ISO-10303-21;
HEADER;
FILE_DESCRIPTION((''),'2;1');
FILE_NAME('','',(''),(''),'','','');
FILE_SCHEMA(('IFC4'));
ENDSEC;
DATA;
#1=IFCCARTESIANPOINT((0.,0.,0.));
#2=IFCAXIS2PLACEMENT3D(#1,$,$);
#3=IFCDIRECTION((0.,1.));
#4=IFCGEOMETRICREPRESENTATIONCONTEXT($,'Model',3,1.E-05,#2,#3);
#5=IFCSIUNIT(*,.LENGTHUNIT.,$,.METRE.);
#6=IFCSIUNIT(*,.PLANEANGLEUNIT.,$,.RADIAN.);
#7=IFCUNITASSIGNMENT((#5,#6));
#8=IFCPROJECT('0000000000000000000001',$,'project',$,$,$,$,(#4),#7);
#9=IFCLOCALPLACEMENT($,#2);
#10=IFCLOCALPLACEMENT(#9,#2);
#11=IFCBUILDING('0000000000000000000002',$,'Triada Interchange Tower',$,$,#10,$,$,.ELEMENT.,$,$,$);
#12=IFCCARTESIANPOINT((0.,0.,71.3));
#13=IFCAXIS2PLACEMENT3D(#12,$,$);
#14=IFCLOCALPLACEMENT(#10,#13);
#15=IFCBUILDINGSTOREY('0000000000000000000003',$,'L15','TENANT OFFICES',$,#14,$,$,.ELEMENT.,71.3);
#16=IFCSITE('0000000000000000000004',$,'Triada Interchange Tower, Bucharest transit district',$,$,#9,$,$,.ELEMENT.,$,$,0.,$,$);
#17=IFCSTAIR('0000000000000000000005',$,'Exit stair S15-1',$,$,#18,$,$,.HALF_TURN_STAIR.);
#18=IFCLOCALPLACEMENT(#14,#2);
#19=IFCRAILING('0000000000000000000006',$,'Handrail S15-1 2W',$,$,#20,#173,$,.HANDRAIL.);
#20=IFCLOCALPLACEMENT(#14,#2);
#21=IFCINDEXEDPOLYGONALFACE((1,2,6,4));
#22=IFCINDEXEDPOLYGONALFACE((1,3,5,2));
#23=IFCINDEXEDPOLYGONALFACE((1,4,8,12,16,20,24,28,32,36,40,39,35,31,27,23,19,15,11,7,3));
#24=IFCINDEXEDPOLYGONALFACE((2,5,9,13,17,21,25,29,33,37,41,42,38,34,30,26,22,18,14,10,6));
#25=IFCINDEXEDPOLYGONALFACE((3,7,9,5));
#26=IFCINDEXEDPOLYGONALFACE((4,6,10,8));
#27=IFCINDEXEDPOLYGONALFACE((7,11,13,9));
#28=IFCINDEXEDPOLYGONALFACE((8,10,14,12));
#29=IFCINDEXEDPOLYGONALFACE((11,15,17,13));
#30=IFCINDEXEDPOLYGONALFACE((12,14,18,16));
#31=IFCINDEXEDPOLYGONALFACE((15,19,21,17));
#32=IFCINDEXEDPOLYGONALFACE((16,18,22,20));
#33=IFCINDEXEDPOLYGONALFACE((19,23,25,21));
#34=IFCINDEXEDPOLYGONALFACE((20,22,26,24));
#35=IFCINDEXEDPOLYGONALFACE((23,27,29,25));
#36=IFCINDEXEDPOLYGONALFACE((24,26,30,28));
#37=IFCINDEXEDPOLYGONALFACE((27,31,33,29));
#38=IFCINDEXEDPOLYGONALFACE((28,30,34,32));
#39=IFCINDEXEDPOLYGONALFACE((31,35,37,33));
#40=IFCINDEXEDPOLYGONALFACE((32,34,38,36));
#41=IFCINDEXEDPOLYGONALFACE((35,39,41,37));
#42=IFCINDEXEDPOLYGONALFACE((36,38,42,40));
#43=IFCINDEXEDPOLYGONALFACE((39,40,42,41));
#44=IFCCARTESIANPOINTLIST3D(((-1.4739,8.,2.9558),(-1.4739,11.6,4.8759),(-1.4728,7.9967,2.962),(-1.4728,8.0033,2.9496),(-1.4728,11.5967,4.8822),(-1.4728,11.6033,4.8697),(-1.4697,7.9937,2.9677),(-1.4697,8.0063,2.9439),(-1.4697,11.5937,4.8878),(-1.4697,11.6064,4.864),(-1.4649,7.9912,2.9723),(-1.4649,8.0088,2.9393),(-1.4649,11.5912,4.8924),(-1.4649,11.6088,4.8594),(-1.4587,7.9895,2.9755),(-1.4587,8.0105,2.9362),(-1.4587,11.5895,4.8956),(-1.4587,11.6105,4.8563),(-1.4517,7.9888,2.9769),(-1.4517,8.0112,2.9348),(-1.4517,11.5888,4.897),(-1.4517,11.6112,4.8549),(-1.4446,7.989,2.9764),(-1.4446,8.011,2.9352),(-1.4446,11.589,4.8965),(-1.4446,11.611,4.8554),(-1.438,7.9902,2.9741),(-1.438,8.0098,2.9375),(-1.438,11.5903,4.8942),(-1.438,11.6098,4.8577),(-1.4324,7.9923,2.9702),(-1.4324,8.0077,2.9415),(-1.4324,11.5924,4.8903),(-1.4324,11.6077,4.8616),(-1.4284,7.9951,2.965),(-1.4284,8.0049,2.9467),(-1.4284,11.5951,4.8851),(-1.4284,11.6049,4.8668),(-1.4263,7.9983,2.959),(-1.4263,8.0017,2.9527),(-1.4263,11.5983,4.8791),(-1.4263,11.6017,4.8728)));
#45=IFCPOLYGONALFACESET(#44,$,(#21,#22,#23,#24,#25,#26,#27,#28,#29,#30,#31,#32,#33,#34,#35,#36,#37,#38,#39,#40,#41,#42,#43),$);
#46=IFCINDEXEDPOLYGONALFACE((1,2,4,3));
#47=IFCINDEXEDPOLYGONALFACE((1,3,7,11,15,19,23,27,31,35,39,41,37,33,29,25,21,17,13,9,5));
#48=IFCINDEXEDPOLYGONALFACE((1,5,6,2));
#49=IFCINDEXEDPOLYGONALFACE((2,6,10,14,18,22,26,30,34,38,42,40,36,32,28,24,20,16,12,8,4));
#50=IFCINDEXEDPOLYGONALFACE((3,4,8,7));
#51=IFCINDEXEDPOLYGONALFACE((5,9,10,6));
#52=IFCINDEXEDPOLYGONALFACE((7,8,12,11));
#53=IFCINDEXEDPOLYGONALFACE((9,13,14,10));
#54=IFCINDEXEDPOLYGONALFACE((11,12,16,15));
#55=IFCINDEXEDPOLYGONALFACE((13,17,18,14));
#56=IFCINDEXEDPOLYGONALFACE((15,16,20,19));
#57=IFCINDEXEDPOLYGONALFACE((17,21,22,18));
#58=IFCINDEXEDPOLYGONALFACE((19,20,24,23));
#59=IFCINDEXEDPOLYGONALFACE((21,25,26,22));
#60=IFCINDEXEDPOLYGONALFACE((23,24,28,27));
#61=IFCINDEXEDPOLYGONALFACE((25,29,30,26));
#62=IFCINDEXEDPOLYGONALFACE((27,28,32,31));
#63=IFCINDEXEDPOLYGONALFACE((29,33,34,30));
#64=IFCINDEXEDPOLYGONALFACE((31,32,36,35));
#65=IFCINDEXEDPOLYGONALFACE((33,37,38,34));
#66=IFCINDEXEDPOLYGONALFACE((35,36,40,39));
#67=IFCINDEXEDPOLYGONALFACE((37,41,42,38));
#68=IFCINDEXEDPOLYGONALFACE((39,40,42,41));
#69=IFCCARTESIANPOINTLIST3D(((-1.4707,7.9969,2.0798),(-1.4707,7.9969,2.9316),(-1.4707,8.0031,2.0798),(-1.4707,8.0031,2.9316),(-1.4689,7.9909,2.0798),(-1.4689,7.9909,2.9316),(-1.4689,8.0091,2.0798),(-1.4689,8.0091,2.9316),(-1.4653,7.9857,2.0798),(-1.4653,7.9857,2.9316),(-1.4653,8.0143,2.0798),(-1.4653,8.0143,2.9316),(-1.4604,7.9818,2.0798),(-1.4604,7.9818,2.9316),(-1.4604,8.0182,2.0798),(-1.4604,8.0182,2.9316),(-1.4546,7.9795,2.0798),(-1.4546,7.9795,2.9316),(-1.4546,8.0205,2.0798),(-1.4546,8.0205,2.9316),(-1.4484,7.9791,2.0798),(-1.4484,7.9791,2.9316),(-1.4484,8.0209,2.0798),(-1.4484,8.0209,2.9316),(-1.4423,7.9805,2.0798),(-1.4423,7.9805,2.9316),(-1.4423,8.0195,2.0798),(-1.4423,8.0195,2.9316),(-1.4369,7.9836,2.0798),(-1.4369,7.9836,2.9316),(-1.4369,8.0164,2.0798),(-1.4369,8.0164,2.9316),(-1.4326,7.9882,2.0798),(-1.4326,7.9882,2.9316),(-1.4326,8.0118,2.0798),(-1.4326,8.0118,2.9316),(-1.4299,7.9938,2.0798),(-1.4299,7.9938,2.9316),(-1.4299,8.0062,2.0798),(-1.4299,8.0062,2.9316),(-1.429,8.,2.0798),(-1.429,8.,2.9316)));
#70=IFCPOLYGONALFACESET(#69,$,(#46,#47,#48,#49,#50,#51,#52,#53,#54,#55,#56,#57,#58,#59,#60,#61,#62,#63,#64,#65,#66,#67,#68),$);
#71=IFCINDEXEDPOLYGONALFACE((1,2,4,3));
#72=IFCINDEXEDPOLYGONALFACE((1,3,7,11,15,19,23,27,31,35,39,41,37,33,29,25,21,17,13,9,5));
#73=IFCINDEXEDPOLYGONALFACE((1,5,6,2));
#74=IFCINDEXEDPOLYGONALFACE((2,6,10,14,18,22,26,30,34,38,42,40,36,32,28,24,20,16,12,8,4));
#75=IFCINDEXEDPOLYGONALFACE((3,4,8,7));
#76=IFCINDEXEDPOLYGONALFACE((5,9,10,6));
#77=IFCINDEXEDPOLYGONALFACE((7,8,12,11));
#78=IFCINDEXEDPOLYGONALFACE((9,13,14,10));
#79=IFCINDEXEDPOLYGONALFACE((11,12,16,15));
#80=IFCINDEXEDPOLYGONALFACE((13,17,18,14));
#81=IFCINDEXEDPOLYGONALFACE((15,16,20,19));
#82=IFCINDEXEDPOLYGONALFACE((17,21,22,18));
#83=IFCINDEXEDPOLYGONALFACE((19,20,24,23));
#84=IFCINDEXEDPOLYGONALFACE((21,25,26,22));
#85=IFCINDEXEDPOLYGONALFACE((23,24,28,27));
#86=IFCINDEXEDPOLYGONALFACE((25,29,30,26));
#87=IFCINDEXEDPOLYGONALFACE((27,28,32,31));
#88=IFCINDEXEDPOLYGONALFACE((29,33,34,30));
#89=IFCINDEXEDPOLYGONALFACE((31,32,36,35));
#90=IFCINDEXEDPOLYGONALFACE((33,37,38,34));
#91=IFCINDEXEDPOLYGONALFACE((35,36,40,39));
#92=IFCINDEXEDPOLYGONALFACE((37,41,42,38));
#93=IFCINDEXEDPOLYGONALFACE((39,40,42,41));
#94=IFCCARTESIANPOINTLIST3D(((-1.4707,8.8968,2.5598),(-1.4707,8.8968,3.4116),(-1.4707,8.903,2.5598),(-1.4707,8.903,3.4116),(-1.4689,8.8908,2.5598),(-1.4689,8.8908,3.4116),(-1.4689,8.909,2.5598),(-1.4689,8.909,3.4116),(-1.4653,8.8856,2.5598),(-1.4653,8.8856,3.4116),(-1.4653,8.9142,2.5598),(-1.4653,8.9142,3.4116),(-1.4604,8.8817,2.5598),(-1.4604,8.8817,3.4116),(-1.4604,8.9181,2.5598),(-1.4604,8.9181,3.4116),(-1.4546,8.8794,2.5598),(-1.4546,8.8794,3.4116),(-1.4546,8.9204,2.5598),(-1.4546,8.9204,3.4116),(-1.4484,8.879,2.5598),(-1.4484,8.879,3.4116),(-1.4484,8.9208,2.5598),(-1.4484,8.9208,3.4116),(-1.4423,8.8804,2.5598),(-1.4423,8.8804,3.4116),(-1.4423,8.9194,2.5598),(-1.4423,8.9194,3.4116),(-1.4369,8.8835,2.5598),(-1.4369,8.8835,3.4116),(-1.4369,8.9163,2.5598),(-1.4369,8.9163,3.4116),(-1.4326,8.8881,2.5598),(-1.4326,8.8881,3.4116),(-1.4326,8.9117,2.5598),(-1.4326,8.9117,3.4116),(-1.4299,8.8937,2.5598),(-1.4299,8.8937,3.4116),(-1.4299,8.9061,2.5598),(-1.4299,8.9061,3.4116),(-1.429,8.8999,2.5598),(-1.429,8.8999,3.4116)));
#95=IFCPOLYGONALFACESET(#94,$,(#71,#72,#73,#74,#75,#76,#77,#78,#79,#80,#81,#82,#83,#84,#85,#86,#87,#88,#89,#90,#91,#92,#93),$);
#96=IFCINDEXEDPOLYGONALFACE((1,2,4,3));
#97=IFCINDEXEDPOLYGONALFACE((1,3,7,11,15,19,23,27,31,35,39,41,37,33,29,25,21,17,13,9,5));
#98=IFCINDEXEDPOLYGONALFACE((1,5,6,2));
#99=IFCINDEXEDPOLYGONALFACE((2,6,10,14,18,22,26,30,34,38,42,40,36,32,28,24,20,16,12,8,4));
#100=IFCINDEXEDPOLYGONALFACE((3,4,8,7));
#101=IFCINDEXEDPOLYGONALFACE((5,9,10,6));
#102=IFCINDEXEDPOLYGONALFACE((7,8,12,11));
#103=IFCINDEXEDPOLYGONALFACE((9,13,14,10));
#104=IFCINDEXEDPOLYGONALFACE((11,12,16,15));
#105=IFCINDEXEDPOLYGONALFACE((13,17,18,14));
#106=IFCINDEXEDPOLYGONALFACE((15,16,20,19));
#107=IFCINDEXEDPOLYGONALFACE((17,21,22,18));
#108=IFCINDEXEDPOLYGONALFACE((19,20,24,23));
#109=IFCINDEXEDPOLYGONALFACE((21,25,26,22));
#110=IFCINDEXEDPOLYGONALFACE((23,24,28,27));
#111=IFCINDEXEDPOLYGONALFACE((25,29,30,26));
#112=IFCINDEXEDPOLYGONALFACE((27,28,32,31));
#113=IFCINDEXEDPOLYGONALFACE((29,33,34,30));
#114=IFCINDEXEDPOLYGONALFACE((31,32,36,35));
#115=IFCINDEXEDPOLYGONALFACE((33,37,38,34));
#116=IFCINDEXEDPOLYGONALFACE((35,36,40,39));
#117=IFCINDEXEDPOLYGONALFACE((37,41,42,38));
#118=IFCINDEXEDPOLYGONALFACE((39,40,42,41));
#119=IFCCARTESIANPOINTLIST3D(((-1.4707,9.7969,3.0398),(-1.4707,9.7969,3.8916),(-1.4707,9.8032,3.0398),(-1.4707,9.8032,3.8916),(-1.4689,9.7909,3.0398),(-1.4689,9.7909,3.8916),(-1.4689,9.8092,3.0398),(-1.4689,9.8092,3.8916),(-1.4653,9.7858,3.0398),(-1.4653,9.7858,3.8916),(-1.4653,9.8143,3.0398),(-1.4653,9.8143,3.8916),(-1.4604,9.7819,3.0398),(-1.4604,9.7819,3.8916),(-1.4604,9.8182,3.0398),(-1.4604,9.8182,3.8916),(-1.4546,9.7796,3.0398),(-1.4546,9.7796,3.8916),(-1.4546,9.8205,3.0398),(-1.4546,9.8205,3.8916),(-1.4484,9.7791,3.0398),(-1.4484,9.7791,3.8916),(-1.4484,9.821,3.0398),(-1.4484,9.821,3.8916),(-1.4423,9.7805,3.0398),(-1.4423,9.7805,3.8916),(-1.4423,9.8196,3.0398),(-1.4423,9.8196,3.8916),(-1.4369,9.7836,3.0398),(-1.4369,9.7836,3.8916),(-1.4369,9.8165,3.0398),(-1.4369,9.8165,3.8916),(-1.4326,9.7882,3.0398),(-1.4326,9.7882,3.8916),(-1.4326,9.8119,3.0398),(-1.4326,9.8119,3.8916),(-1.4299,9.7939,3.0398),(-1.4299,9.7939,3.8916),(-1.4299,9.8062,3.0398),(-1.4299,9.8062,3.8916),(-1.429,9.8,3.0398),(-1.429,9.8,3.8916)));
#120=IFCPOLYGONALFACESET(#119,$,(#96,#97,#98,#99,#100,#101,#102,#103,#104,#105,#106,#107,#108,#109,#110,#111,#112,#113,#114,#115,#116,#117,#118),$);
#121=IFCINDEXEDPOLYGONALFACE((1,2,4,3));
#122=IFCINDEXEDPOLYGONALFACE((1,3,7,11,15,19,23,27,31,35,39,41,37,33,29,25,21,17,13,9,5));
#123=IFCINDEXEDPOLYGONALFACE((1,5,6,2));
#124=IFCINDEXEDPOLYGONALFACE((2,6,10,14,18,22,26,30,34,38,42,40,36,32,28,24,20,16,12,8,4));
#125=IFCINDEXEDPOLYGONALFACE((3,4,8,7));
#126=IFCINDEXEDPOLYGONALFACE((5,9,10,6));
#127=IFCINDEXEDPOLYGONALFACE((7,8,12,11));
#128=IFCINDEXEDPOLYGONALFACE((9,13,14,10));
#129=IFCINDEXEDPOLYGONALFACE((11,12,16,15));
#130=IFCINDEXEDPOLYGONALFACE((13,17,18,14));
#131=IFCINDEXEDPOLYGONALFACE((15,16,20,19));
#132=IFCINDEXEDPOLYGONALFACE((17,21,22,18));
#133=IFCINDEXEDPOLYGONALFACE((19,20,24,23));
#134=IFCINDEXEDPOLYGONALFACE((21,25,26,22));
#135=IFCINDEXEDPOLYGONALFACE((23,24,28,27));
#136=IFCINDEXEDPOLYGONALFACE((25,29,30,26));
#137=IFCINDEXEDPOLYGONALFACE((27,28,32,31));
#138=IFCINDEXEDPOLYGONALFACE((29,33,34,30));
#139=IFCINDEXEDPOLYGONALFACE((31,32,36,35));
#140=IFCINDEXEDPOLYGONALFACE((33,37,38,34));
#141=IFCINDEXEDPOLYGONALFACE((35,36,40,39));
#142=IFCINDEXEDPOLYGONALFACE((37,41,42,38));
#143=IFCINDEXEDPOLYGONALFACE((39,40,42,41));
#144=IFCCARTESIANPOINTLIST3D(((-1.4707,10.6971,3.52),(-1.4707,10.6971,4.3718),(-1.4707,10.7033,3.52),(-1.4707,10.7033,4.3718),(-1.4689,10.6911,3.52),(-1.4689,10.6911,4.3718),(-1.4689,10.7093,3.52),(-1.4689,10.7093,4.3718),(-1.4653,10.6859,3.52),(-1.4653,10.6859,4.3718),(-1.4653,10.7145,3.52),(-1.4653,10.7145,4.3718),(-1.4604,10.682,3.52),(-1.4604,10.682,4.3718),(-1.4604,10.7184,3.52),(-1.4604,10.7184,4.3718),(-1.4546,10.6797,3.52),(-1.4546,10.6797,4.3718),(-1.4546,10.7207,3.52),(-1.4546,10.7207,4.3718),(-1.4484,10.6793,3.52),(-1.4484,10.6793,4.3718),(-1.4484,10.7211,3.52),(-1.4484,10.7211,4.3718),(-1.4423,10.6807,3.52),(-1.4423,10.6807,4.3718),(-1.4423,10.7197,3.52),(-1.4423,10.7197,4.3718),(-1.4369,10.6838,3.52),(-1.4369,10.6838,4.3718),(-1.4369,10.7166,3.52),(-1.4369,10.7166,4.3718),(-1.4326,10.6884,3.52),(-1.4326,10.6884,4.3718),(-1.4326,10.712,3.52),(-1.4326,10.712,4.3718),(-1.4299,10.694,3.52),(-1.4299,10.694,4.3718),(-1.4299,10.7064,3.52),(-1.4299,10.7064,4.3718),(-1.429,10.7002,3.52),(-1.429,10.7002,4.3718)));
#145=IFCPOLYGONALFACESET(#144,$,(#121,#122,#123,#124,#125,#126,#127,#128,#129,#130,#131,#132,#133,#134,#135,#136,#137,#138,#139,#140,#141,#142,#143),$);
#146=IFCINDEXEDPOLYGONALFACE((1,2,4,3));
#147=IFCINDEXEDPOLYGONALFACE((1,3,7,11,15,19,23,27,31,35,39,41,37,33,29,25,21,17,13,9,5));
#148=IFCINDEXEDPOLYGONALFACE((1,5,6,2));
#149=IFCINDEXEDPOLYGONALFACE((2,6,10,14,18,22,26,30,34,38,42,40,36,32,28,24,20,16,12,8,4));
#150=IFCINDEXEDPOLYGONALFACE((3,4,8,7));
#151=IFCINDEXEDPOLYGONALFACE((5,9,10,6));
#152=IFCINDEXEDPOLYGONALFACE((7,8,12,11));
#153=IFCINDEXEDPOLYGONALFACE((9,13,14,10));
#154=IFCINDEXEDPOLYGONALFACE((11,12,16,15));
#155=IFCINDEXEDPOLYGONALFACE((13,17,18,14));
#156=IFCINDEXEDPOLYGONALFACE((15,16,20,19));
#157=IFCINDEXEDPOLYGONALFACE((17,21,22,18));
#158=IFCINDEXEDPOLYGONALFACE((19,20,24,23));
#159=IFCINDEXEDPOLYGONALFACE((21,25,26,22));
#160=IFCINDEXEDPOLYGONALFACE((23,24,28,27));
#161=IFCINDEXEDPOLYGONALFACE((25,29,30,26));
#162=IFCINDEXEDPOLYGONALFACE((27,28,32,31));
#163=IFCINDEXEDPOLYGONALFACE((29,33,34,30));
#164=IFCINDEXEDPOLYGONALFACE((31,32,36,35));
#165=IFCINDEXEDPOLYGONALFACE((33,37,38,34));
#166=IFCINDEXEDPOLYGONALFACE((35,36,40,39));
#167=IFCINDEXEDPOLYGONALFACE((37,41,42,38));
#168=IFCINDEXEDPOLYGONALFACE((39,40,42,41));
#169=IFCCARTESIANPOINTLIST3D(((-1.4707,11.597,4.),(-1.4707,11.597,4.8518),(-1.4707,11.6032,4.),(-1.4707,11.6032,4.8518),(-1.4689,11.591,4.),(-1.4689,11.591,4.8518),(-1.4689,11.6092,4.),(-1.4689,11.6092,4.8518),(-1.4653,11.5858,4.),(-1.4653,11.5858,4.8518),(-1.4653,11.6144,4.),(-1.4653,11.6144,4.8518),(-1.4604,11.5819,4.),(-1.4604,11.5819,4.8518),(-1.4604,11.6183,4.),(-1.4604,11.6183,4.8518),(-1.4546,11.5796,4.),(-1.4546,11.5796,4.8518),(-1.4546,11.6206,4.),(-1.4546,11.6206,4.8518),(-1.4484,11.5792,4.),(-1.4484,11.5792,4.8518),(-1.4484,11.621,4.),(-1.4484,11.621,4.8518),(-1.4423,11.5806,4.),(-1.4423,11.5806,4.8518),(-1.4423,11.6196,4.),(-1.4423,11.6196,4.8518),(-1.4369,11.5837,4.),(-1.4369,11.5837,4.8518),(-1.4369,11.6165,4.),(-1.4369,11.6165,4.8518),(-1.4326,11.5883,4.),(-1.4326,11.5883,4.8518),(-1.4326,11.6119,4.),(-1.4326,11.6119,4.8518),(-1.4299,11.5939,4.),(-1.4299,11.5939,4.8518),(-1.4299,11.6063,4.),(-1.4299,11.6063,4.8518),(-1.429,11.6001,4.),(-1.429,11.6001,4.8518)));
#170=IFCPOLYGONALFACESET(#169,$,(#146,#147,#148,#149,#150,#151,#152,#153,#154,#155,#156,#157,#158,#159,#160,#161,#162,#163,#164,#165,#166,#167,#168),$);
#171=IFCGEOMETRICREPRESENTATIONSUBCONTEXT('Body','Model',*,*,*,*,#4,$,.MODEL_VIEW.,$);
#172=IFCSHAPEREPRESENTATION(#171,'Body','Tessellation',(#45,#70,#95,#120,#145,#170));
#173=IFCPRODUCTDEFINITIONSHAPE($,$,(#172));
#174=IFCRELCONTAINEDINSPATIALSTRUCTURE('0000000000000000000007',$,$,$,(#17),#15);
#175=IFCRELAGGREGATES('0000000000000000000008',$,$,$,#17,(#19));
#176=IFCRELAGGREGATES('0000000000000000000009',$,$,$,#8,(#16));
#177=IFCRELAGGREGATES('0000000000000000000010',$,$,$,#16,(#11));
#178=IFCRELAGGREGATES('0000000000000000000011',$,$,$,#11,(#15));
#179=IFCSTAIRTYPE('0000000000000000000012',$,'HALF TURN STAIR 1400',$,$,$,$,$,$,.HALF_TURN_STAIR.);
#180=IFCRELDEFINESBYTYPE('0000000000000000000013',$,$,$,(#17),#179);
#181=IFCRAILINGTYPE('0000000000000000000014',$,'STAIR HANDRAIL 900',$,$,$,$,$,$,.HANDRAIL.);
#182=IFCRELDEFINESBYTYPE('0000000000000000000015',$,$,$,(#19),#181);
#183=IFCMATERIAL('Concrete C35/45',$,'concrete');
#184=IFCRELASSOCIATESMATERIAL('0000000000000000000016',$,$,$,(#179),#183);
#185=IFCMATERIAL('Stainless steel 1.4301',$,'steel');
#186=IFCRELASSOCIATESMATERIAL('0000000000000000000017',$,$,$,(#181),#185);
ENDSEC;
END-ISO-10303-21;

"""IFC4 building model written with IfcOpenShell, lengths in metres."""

from ifc_helpers import new_model, si_unit, direction, frame, origin, origin_2d, place, context, subcontext, project, spatial, circle, extrude, material, type_object, element, aggregate, save


model = new_model("IFC4")

# Units and contexts
model_context = context("Model", 3, precision=1e-05, world=origin(), true_north=direction((0.0, 1.0)))
body_context = subcontext(model_context, "Body", "Model", "MODEL_VIEW")
ifc_project = project(units=[si_unit("LENGTHUNIT", "METRE"), si_unit("PLANEANGLEUNIT", "RADIAN")], contexts=[model_context])

# Site, building, storey
site_placement = place(None, origin())
site = spatial("IfcSite", under=ifc_project, at=site_placement, Name="Triada Interchange Tower, Bucharest transit district", CompositionType="ELEMENT", RefElevation=0.0)
building_placement = place(site_placement, origin())
building = spatial("IfcBuilding", under=site, at=building_placement, Name="Triada Interchange Tower", CompositionType="ELEMENT")
storey_placement = place(building_placement, frame((0.0, 0.0, 71.3)))
storey = spatial("IfcBuildingStorey", under=building, at=storey_placement, Name="L15", Description="TENANT OFFICES", CompositionType="ELEMENT", Elevation=71.3)

# Stair, railing
ifc_material_1 = material(Name="Concrete C35/45", Category="concrete")
stair_type = type_object("IfcStairType", Name="HALF TURN STAIR 1400", PredefinedType="HALF_TURN_STAIR", material=ifc_material_1)
stair_placement = place(storey_placement, origin())
stair = element("IfcStair", 1, at=stair_placement, inside=storey, type_object=stair_type, Name="Exit stair S15-1", PredefinedType="HALF_TURN_STAIR")
ifc_material_2 = material(Name="Stainless steel 1.4301", Category="steel")
railing_type = type_object("IfcRailingType", Name="STAIR HANDRAIL 900", PredefinedType="HANDRAIL", material=ifc_material_2)
railing_placement = place(storey_placement, frame((-1.45, 8.0, 2.0798)))
railing = element("IfcRailing", 2, at=railing_placement, type_object=railing_type, Name="Handrail S15-1 2W", PredefinedType="HANDRAIL", context=body_context, shape_type="SweptSolid", body=[
    extrude(circle(Radius=0.0239, at=origin_2d()), frame((0.0, 0.0, 0.876), z_axis=(0.0, 0.882341, 0.47061), x_axis=(-1.0, 0.0, 0.0)), (0.0, 0.0, 1.0), 4.0801),
    extrude(circle(Radius=0.021, at=origin_2d()), origin(), (0.0, 0.0, 1.0), 0.8518),
    extrude(circle(Radius=0.021, at=origin_2d()), frame((0.0, 0.8999, 0.48)), (0.0, 0.0, 1.0), 0.8518),
    extrude(circle(Radius=0.021, at=origin_2d()), frame((0.0, 1.8, 0.96)), (0.0, 0.0, 1.0), 0.8518),
    extrude(circle(Radius=0.021, at=origin_2d()), frame((0.0, 2.7002, 1.4402)), (0.0, 0.0, 1.0), 0.8518),
    extrude(circle(Radius=0.021, at=origin_2d()), frame((0.0, 3.6001, 1.9202)), (0.0, 0.0, 1.0), 0.8518),
])
aggregate(stair, [railing])

save(model, "model.ifc")
